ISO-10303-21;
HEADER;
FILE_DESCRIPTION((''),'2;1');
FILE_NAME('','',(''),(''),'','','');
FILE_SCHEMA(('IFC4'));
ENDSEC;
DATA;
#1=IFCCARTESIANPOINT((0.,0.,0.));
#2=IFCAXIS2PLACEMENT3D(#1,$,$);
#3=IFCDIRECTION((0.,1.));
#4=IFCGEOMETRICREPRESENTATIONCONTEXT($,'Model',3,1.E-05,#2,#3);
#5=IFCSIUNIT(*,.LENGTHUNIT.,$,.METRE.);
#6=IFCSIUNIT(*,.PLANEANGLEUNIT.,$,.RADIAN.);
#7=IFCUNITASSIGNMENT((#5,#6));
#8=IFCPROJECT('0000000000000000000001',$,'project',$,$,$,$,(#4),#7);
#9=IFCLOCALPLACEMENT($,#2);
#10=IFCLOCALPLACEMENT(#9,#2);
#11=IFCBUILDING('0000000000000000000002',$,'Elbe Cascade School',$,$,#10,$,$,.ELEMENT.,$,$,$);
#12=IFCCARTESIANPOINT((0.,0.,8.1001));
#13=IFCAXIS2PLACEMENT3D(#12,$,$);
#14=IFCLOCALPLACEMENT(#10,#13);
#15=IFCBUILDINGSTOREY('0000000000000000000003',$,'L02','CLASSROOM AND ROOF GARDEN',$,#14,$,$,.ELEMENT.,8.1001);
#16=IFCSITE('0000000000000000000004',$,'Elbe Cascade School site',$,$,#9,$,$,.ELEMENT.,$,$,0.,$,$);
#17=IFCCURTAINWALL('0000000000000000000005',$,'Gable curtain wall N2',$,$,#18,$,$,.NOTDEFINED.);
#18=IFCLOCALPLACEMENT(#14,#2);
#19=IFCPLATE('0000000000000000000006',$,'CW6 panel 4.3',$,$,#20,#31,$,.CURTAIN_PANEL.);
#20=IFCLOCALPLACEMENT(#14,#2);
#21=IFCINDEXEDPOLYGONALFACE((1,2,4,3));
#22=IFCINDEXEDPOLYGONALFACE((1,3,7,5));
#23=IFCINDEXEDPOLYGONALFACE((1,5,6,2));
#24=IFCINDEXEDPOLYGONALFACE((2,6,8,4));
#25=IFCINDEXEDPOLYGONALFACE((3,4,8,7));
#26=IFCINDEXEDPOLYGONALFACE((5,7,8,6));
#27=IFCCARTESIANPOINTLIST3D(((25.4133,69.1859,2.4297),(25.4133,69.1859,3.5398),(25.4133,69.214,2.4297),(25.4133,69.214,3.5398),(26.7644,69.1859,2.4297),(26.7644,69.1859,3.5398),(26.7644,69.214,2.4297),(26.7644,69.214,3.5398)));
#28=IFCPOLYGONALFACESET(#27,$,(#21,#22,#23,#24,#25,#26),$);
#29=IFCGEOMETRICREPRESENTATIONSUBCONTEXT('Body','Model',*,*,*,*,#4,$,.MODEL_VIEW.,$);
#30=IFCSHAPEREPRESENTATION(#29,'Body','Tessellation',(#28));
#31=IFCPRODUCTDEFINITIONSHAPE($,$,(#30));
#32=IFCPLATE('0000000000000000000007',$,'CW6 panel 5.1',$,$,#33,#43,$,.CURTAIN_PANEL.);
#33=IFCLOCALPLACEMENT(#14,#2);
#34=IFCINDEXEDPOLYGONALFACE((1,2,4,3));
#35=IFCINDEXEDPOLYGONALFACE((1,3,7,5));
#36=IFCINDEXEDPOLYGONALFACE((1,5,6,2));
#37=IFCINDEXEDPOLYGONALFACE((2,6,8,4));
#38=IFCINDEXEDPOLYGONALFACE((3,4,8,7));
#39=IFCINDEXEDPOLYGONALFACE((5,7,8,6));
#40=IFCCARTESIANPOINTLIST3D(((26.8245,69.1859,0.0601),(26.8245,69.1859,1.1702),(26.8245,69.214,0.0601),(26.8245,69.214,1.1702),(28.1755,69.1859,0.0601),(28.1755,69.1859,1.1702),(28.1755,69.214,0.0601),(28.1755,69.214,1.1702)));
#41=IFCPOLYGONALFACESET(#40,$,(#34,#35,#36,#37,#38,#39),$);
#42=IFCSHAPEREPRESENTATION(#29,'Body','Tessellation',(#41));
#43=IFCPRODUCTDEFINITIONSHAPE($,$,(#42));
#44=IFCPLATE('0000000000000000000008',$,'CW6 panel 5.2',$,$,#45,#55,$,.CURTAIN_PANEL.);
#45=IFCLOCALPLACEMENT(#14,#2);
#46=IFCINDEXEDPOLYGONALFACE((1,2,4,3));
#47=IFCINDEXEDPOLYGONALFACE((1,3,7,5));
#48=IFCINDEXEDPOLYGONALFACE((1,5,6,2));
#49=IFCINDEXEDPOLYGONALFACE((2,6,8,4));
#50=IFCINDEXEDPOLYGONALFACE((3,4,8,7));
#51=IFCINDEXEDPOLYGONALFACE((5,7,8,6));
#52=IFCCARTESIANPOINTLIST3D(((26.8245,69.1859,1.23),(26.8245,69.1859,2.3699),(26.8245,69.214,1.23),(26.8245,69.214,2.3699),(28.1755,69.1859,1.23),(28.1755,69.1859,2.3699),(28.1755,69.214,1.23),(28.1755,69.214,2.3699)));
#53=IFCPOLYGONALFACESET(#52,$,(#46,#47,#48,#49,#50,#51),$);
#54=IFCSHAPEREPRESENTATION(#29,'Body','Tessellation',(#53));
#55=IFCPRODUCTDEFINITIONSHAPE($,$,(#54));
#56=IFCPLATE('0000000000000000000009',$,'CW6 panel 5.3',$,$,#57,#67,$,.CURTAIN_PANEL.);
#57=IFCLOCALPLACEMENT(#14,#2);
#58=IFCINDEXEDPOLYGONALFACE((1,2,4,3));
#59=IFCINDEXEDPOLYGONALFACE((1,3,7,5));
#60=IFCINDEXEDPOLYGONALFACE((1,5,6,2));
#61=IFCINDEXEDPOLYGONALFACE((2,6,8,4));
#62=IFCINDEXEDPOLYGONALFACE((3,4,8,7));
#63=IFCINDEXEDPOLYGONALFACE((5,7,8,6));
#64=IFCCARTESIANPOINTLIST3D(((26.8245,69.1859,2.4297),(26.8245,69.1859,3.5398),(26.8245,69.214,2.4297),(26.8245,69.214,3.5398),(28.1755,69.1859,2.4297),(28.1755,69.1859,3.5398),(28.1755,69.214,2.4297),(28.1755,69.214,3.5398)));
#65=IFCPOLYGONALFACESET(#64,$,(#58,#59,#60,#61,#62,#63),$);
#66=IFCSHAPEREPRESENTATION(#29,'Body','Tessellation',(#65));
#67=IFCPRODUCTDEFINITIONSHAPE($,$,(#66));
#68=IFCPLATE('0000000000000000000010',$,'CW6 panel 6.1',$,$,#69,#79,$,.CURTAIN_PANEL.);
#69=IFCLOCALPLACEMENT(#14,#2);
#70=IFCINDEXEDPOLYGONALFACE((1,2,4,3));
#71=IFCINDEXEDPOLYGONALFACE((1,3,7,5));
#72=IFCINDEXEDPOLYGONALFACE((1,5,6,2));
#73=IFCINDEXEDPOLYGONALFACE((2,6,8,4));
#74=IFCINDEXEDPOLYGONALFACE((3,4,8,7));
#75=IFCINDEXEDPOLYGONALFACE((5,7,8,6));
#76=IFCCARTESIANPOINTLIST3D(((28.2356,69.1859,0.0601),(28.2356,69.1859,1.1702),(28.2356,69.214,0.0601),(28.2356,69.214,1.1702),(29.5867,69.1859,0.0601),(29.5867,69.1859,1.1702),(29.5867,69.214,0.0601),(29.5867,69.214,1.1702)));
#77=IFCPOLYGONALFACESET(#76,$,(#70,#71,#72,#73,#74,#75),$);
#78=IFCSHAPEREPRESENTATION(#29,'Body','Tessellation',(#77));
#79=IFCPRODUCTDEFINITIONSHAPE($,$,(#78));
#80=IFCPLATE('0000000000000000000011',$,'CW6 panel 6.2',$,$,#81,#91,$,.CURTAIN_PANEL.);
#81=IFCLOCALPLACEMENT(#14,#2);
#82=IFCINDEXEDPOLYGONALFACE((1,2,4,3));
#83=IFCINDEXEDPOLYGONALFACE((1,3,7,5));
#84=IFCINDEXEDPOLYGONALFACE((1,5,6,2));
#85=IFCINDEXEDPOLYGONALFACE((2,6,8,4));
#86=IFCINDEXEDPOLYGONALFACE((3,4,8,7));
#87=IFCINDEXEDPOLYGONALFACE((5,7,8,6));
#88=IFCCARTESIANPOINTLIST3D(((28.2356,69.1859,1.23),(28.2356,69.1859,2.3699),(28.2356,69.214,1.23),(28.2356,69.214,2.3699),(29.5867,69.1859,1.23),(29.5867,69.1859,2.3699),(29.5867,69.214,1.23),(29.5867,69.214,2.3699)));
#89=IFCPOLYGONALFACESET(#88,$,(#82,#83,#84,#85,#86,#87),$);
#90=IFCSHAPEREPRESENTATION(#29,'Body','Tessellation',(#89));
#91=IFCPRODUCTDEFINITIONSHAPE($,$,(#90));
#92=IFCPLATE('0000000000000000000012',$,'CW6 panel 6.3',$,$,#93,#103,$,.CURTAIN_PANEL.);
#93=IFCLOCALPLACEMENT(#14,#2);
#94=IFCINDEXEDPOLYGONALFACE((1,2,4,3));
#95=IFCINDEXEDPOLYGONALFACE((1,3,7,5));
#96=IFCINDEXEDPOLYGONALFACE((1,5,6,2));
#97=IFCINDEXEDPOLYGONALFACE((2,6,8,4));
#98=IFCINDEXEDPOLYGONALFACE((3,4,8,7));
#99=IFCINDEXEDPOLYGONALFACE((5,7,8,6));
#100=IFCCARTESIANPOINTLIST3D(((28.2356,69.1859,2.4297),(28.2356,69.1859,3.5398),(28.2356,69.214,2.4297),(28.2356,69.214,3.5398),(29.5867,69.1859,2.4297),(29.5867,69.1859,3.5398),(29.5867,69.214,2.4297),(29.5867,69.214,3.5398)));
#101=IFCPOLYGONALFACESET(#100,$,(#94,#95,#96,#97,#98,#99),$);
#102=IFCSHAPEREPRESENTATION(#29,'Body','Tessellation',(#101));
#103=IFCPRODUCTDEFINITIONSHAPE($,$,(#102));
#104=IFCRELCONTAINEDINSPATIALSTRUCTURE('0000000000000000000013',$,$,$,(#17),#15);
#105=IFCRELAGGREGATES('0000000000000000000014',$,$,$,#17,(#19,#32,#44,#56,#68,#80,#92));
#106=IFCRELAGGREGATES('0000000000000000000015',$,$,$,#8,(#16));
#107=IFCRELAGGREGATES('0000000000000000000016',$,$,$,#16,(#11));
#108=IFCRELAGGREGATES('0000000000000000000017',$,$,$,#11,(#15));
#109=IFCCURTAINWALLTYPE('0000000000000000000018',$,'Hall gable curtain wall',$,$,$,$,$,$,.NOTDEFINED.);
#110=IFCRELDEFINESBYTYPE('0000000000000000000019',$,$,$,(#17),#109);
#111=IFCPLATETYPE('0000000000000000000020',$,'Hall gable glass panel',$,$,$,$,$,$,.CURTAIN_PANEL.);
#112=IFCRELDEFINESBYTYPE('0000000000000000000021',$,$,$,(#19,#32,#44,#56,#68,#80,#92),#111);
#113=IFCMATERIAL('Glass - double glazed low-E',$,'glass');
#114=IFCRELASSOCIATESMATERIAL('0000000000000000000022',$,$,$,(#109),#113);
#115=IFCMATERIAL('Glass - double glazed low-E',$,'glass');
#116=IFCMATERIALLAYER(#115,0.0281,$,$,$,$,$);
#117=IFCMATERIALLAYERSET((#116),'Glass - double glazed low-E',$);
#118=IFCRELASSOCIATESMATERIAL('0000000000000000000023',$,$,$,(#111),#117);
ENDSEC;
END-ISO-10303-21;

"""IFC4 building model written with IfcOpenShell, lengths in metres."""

from ifc_helpers import new_model, si_unit, direction, frame, origin, origin_2d, place, context, subcontext, project, spatial, rectangle, extrude, material, layer, layer_set, type_object, element, aggregate, save


model = new_model("IFC4")

# Units and contexts
model_context = context("Model", 3, precision=1e-05, world=origin(), true_north=direction((0.0, 1.0)))
body_context = subcontext(model_context, "Body", "Model", "MODEL_VIEW")
ifc_project = project(units=[si_unit("LENGTHUNIT", "METRE"), si_unit("PLANEANGLEUNIT", "RADIAN")], contexts=[model_context])

# Site, building, storey
site_placement = place(None, origin())
site = spatial("IfcSite", under=ifc_project, at=site_placement, Name="Elbe Cascade School site", CompositionType="ELEMENT", RefElevation=0.0)
building_placement = place(site_placement, origin())
building = spatial("IfcBuilding", under=site, at=building_placement, Name="Elbe Cascade School", CompositionType="ELEMENT")
storey_placement = place(building_placement, frame((0.0, 0.0, 8.1001)))
storey = spatial("IfcBuildingStorey", under=building, at=storey_placement, Name="L02", Description="CLASSROOM AND ROOF GARDEN", CompositionType="ELEMENT", Elevation=8.1001)

# Curtain wall, plates
ifc_material_1 = material(Name="Glass - double glazed low-E", Category="glass")
curtain_wall_type = type_object("IfcCurtainWallType", Name="Hall gable curtain wall", PredefinedType="NOTDEFINED", material=ifc_material_1)
curtain_wall_placement = place(storey_placement, origin())
curtain_wall = element("IfcCurtainWall", 1, at=curtain_wall_placement, inside=storey, type_object=curtain_wall_type, Name="Gable curtain wall N2", PredefinedType="NOTDEFINED")
ifc_material_2 = material(Name="Glass - double glazed low-E", Category="glass")
ifc_layer = layer(ifc_material_2, 0.0281)
ifc_layer_set = layer_set([ifc_layer], Name="Glass - double glazed low-E")
plate_type = type_object("IfcPlateType", Name="Hall gable glass panel", PredefinedType="CURTAIN_PANEL", material=ifc_layer_set)
plate_1_placement = place(storey_placement, frame((26.0889, 69.2, 2.4297), z_axis=(0.0, 0.0, 1.0), x_axis=(1.0, 0.0, 0.0)))
plate_1 = element("IfcPlate", 2, at=plate_1_placement, type_object=plate_type, Name="CW6 panel 4.3", PredefinedType="CURTAIN_PANEL", context=body_context, shape_type="SweptSolid", body=[
    extrude(rectangle(XDim=1.3511, YDim=0.0281, at=origin_2d()), origin(), (0.0, 0.0, 1.0), 1.1101),
])
plate_2_placement = place(storey_placement, frame((27.5, 69.2, 0.0601), z_axis=(0.0, 0.0, 1.0), x_axis=(1.0, 0.0, 0.0)))
plate_2 = element("IfcPlate", 3, at=plate_2_placement, type_object=plate_type, Name="CW6 panel 5.1", PredefinedType="CURTAIN_PANEL", context=body_context, shape_type="SweptSolid", body=[
    extrude(rectangle(XDim=1.3511, YDim=0.0281, at=origin_2d()), origin(), (0.0, 0.0, 1.0), 1.1101),
])
plate_3_placement = place(storey_placement, frame((27.5, 69.2, 1.23), z_axis=(0.0, 0.0, 1.0), x_axis=(1.0, 0.0, 0.0)))
plate_3 = element("IfcPlate", 4, at=plate_3_placement, type_object=plate_type, Name="CW6 panel 5.2", PredefinedType="CURTAIN_PANEL", context=body_context, shape_type="SweptSolid", body=[
    extrude(rectangle(XDim=1.3511, YDim=0.0281, at=origin_2d()), origin(), (0.0, 0.0, 1.0), 1.1399),
])
plate_4_placement = place(storey_placement, frame((27.5, 69.2, 2.4297), z_axis=(0.0, 0.0, 1.0), x_axis=(1.0, 0.0, 0.0)))
plate_4 = element("IfcPlate", 5, at=plate_4_placement, type_object=plate_type, Name="CW6 panel 5.3", PredefinedType="CURTAIN_PANEL", context=body_context, shape_type="SweptSolid", body=[
    extrude(rectangle(XDim=1.3511, YDim=0.0281, at=origin_2d()), origin(), (0.0, 0.0, 1.0), 1.1101),
])
plate_5_placement = place(storey_placement, frame((28.9111, 69.2, 0.0601), z_axis=(0.0, 0.0, 1.0), x_axis=(1.0, 0.0, 0.0)))
plate_5 = element("IfcPlate", 6, at=plate_5_placement, type_object=plate_type, Name="CW6 panel 6.1", PredefinedType="CURTAIN_PANEL", context=body_context, shape_type="SweptSolid", body=[
    extrude(rectangle(XDim=1.3511, YDim=0.0281, at=origin_2d()), origin(), (0.0, 0.0, 1.0), 1.1101),
])
plate_6_placement = place(storey_placement, frame((28.9111, 69.2, 1.23), z_axis=(0.0, 0.0, 1.0), x_axis=(1.0, 0.0, 0.0)))
plate_6 = element("IfcPlate", 7, at=plate_6_placement, type_object=plate_type, Name="CW6 panel 6.2", PredefinedType="CURTAIN_PANEL", context=body_context, shape_type="SweptSolid", body=[
    extrude(rectangle(XDim=1.3511, YDim=0.0281, at=origin_2d()), origin(), (0.0, 0.0, 1.0), 1.1399),
])
plate_7_placement = place(storey_placement, frame((28.9111, 69.2, 2.4297), z_axis=(0.0, 0.0, 1.0), x_axis=(1.0, 0.0, 0.0)))
plate_7 = element("IfcPlate", 8, at=plate_7_placement, type_object=plate_type, Name="CW6 panel 6.3", PredefinedType="CURTAIN_PANEL", context=body_context, shape_type="SweptSolid", body=[
    extrude(rectangle(XDim=1.3511, YDim=0.0281, at=origin_2d()), origin(), (0.0, 0.0, 1.0), 1.1101),
])
aggregate(curtain_wall, [plate_1, plate_2, plate_3, plate_4, plate_5, plate_6, plate_7])

save(model, "model.ifc")
